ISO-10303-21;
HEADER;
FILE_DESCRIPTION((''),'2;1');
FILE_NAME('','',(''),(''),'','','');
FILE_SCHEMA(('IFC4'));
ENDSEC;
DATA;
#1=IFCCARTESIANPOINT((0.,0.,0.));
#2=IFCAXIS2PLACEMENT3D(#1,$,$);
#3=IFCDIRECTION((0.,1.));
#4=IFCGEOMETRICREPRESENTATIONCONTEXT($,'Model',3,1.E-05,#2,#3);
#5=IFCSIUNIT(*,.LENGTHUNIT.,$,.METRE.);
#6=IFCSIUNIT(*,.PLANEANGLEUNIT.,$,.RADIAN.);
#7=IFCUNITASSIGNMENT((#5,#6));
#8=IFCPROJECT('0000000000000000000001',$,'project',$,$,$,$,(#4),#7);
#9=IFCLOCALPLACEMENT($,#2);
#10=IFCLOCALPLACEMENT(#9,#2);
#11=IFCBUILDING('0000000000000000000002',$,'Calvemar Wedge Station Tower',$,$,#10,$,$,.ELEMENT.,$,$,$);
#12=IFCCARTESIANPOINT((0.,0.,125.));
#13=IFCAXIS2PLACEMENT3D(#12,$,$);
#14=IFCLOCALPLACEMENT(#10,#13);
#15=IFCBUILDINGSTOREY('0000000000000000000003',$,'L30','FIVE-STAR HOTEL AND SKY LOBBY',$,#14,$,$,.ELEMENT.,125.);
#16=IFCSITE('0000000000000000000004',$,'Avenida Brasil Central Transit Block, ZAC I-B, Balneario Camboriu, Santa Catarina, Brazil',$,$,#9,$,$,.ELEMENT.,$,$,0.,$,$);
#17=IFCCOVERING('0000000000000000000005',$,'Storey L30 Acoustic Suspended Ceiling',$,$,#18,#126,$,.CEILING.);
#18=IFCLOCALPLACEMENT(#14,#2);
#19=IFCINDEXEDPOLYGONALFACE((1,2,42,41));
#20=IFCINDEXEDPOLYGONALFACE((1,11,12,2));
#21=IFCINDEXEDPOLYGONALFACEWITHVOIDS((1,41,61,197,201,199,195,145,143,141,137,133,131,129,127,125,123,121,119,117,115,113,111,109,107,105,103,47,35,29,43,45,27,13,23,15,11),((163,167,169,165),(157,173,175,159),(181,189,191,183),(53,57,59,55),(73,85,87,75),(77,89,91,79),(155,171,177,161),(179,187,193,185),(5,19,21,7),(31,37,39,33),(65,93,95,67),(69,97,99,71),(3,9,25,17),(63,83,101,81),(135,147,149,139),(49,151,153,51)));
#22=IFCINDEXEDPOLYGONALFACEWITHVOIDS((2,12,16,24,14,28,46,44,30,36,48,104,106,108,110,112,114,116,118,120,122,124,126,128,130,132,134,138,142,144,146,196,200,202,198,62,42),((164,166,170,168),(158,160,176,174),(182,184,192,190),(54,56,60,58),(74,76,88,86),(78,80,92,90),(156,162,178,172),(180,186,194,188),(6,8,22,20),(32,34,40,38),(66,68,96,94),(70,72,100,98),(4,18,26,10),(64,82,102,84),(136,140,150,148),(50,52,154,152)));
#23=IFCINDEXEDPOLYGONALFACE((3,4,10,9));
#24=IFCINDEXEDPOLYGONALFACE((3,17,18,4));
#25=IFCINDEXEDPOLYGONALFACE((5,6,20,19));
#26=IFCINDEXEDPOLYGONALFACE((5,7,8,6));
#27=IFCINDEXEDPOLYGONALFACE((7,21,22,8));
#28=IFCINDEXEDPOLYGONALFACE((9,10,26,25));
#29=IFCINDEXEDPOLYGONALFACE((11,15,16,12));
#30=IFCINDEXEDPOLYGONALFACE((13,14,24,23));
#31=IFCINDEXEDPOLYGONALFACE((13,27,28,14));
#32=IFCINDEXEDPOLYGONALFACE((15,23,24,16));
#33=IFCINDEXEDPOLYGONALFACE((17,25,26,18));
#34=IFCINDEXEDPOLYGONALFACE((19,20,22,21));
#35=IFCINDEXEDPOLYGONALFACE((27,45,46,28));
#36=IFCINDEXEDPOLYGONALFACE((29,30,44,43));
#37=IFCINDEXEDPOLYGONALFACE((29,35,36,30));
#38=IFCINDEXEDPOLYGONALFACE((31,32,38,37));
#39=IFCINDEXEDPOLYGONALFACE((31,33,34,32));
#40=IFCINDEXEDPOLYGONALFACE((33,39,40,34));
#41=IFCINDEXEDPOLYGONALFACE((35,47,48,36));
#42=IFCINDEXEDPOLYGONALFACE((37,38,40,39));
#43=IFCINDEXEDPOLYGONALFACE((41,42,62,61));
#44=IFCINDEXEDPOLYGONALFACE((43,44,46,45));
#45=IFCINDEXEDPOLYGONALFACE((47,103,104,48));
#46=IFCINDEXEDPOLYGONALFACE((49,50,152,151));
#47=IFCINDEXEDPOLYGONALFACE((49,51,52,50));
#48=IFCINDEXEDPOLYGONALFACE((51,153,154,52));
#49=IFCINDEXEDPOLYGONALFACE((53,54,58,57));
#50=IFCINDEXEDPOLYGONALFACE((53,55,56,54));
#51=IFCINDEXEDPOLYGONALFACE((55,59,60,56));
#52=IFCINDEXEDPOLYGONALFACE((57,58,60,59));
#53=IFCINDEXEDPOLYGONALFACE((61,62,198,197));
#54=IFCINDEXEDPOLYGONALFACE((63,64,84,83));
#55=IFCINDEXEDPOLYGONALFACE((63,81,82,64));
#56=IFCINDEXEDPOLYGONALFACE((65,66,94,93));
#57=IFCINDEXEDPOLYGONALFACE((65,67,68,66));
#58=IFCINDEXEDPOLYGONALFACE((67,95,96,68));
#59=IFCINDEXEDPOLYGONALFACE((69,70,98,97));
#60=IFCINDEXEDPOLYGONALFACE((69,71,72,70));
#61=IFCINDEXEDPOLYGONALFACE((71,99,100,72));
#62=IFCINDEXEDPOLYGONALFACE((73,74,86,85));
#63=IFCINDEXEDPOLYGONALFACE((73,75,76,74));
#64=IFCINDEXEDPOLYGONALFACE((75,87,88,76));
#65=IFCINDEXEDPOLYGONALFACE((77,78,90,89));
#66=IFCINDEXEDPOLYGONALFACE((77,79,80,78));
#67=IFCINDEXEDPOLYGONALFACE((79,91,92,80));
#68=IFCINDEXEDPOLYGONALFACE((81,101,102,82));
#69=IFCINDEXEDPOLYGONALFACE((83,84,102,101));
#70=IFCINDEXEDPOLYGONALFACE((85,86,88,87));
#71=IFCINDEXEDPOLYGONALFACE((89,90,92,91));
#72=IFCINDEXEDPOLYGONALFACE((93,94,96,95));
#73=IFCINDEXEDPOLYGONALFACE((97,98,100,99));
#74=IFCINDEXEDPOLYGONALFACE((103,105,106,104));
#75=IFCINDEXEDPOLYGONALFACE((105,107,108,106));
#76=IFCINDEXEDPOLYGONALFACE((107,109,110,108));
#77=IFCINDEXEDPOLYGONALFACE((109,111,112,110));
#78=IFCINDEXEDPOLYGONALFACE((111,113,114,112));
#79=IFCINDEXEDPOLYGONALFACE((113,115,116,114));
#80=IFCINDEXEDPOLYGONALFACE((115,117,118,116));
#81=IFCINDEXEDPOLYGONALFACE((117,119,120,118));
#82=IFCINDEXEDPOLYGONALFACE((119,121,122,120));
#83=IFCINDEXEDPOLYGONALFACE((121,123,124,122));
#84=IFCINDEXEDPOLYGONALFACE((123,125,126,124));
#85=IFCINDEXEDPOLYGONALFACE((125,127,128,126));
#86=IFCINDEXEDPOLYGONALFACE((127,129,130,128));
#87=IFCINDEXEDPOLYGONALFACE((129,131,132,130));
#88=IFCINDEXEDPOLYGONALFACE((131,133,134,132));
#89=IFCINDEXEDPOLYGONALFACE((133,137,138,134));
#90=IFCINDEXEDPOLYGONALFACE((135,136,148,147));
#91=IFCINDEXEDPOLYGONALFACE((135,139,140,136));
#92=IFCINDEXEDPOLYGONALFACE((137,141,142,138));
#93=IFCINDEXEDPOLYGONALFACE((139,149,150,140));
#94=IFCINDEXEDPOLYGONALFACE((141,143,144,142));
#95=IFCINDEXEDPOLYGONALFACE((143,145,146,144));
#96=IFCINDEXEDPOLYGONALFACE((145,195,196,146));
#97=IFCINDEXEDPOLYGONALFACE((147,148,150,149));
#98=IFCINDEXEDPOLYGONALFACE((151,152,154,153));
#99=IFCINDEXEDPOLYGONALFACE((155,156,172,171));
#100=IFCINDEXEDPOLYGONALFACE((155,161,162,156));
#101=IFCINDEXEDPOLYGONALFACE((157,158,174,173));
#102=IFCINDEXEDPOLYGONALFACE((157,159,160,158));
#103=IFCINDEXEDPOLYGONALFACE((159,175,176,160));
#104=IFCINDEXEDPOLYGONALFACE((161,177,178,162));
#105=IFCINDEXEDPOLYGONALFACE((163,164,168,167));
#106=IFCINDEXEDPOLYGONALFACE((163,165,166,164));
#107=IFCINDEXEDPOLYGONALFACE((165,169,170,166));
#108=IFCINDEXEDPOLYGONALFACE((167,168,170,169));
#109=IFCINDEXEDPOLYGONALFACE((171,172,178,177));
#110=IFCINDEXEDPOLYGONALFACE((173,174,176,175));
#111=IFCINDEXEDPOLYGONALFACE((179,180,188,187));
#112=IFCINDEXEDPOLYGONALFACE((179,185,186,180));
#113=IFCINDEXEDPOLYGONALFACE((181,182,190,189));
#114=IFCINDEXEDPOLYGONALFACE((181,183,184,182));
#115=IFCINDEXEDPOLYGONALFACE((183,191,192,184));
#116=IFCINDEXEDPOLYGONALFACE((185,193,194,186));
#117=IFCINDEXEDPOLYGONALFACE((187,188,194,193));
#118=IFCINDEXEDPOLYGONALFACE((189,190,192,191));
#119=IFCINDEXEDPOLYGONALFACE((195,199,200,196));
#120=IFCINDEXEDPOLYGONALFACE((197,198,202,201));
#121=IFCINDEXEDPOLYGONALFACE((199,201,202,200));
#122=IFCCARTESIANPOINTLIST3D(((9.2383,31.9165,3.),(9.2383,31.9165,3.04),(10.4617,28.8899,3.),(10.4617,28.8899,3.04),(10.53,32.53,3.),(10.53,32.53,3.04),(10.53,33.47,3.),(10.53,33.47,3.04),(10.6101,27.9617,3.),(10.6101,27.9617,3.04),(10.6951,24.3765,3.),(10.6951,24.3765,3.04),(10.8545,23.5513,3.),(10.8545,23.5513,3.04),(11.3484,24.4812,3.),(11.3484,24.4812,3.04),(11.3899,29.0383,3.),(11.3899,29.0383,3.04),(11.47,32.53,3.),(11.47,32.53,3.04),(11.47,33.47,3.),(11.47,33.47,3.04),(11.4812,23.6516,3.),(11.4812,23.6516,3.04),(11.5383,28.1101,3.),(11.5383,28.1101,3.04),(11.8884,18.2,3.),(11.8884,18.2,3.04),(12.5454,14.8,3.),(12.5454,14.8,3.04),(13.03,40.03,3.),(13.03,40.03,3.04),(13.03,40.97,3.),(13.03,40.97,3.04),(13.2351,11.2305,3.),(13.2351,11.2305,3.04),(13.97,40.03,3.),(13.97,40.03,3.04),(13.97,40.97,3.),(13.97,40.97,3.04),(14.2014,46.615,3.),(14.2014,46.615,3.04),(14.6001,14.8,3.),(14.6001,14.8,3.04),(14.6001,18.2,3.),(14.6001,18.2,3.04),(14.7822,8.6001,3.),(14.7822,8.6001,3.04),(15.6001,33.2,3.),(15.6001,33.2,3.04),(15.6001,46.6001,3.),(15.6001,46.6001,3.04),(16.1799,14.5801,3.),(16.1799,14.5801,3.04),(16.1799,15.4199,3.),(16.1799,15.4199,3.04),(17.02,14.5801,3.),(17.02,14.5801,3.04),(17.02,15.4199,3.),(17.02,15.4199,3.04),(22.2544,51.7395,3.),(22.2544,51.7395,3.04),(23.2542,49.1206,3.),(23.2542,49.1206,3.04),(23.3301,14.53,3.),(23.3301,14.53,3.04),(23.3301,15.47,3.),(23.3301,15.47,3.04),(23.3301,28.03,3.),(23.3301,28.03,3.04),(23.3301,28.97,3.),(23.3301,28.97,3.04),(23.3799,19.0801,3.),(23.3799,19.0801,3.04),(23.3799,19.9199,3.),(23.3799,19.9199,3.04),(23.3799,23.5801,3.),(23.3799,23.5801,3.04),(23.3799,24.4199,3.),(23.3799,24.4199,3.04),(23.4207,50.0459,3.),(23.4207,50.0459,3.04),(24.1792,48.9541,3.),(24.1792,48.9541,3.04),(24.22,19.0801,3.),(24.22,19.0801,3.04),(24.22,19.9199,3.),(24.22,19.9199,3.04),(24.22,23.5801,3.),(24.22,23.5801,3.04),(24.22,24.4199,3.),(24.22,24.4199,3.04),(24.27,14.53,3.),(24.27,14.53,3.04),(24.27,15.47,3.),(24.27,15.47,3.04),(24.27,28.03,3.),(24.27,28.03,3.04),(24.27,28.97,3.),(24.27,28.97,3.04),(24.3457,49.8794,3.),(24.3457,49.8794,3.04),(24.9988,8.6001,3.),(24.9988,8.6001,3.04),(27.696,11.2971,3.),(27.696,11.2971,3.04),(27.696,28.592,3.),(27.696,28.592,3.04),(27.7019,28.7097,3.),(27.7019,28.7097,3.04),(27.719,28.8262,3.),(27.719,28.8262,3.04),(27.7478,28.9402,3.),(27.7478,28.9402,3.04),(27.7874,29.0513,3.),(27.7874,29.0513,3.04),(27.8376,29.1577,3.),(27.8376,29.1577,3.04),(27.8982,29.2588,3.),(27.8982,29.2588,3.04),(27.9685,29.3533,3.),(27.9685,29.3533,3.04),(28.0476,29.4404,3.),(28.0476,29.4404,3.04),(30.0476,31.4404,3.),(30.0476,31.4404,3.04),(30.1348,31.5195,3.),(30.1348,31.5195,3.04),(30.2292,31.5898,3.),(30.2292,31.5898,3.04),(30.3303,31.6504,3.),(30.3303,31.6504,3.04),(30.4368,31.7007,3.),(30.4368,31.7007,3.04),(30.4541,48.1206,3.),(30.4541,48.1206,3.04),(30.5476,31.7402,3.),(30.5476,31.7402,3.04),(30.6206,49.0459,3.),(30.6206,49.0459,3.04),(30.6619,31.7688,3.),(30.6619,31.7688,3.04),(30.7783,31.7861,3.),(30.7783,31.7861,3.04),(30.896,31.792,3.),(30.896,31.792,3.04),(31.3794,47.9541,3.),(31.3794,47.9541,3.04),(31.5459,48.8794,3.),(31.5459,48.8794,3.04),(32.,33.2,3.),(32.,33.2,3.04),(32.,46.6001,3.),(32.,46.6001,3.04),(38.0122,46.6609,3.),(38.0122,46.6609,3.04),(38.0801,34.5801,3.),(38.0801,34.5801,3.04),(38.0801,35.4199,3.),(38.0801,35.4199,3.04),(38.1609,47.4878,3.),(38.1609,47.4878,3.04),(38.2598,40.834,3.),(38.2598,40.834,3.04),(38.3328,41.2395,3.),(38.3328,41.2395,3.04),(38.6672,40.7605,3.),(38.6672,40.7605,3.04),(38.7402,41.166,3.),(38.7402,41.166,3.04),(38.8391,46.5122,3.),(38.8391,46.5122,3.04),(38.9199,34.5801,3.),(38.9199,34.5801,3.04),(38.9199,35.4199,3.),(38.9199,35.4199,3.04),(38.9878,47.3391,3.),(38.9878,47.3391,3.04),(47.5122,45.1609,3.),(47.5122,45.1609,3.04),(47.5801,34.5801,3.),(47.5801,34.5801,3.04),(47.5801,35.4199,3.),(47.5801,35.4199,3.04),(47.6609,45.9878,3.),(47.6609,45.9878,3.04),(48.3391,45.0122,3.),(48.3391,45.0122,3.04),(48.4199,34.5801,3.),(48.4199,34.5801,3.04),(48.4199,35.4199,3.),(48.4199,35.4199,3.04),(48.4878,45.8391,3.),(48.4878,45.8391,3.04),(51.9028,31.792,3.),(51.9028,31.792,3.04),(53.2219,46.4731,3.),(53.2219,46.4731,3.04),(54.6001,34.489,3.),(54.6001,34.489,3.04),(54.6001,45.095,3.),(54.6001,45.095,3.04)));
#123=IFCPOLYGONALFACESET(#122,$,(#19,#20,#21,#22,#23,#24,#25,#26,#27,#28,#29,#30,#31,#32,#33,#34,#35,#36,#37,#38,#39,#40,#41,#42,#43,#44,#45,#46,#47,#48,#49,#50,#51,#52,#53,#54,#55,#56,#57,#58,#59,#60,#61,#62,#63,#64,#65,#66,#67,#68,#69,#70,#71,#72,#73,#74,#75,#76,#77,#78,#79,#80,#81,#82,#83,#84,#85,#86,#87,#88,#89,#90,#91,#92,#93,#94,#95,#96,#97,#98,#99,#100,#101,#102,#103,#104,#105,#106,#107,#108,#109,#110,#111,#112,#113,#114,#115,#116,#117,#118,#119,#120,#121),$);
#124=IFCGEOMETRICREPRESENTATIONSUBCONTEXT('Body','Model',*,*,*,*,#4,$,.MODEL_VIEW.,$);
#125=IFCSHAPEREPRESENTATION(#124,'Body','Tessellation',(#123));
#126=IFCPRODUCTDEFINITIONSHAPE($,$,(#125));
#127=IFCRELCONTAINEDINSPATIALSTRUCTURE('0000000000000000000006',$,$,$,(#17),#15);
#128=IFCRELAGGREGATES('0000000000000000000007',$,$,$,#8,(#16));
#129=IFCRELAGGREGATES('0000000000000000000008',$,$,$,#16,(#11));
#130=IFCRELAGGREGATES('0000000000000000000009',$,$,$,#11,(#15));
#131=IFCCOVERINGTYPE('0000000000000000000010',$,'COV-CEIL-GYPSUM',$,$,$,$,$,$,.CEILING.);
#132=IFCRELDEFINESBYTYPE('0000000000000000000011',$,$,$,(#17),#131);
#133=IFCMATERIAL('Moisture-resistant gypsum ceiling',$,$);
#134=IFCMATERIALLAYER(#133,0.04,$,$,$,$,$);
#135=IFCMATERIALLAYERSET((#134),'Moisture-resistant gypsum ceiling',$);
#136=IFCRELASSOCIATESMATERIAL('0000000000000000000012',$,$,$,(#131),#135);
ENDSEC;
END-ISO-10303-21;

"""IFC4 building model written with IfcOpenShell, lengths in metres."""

from ifc_helpers import new_model, si_unit, direction, frame, origin, place, context, subcontext, project, spatial, polyline, outline, extrude, material, layer, layer_set, type_object, element, save


model = new_model("IFC4")

# Units and contexts
model_context = context("Model", 3, precision=1e-05, world=origin(), true_north=direction((0.0, 1.0)))
body_context = subcontext(model_context, "Body", "Model", "MODEL_VIEW")
ifc_project = project(units=[si_unit("LENGTHUNIT", "METRE"), si_unit("PLANEANGLEUNIT", "RADIAN")], contexts=[model_context])

# Site, building, storey
site_placement = place(None, origin())
site = spatial("IfcSite", under=ifc_project, at=site_placement, Name="Avenida Brasil Central Transit Block, ZAC I-B, Balneario Camboriu, Santa Catarina, Brazil", CompositionType="ELEMENT", RefElevation=0.0)
building_placement = place(site_placement, origin())
building = spatial("IfcBuilding", under=site, at=building_placement, Name="Calvemar Wedge Station Tower", CompositionType="ELEMENT")
storey_placement = place(building_placement, frame((0.0, 0.0, 125.0)))
storey = spatial("IfcBuildingStorey", under=building, at=storey_placement, Name="L30", Description="FIVE-STAR HOTEL AND SKY LOBBY", CompositionType="ELEMENT", Elevation=125.0)

# Covering
ifc_material_1 = material(Name="Moisture-resistant gypsum ceiling")
ifc_layer_1 = layer(ifc_material_1, 0.04)
ifc_layer_set_1 = layer_set([ifc_layer_1], Name="Moisture-resistant gypsum ceiling")
covering_type_1 = type_object("IfcCoveringType", Name="COV-CEIL-GYPSUM", PredefinedType="CEILING", material=ifc_layer_set_1)
covering_1_placement = place(storey_placement, frame((0.0, 0.0, 3.0)))
element("IfcCovering", 1, at=covering_1_placement, inside=storey, type_object=covering_type_1, Name="Storey L30 Acoustic Suspended Ceiling", PredefinedType="CEILING", context=body_context, shape_type="SweptSolid", body=[
    extrude(outline(polyline([(28.0476, 29.4404), (30.0476, 31.4404), (30.1348, 31.5195), (30.2292, 31.5898), (30.3303, 31.6504), (30.4368, 31.7007), (30.5476, 31.7402), (30.6619, 31.7688), (30.7783, 31.7861), (30.896, 31.792), (51.9028, 31.792), (54.6001, 34.489), (54.6001, 45.095), (53.2219, 46.4731), (22.2544, 51.7395), (14.2014, 46.615), (9.2383, 31.9165), (10.6951, 24.3765), (11.3484, 24.4812), (11.4812, 23.6516), (10.8545, 23.5513), (11.8884, 18.2), (14.6001, 18.2), (14.6001, 14.8), (12.5454, 14.8), (13.2351, 11.2305), (14.7822, 8.6001), (24.9988, 8.6001), (27.696, 11.2971), (27.696, 28.592), (27.7019, 28.7097), (27.719, 28.8262), (27.7478, 28.9402), (27.7874, 29.0513), (27.8376, 29.1577), (27.8982, 29.2588), (27.9685, 29.3533), (28.0476, 29.4404)]), holes=[polyline([(15.6001, 46.6001), (32.0, 46.6001), (32.0, 33.2), (15.6001, 33.2), (15.6001, 46.6001)]), polyline([(10.53, 32.53), (10.53, 33.47), (11.47, 33.47), (11.47, 32.53), (10.53, 32.53)]), polyline([(13.03, 40.97), (13.97, 40.97), (13.97, 40.03), (13.03, 40.03), (13.03, 40.97)]), polyline([(24.3457, 49.8794), (24.1792, 48.9541), (23.2542, 49.1206), (23.4207, 50.0459), (24.3457, 49.8794)]), polyline([(31.3794, 47.9541), (30.4541, 48.1206), (30.6206, 49.0459), (31.5459, 48.8794), (31.3794, 47.9541)]), polyline([(38.0122, 46.6609), (38.1609, 47.4878), (38.9878, 47.3391), (38.8391, 46.5122), (38.0122, 46.6609)]), polyline([(47.6609, 45.9878), (48.4878, 45.8391), (48.3391, 45.0122), (47.5122, 45.1609), (47.6609, 45.9878)]), polyline([(38.9199, 35.4199), (38.9199, 34.5801), (38.0801, 34.5801), (38.0801, 35.4199), (38.9199, 35.4199)]), polyline([(48.4199, 34.5801), (47.5801, 34.5801), (47.5801, 35.4199), (48.4199, 35.4199), (48.4199, 34.5801)]), polyline([(38.2598, 40.834), (38.3328, 41.2395), (38.7402, 41.166), (38.6672, 40.7605), (38.2598, 40.834)]), polyline([(11.3899, 29.0383), (11.5383, 28.1101), (10.6101, 27.9617), (10.4617, 28.8899), (11.3899, 29.0383)]), polyline([(24.27, 28.03), (23.3301, 28.03), (23.3301, 28.97), (24.27, 28.97), (24.27, 28.03)]), polyline([(23.3799, 23.5801), (23.3799, 24.4199), (24.22, 24.4199), (24.22, 23.5801), (23.3799, 23.5801)]), polyline([(23.3799, 19.9199), (24.22, 19.9199), (24.22, 19.0801), (23.3799, 19.0801), (23.3799, 19.9199)]), polyline([(24.27, 15.47), (24.27, 14.53), (23.3301, 14.53), (23.3301, 15.47), (24.27, 15.47)]), polyline([(17.02, 14.5801), (16.1799, 14.5801), (16.1799, 15.4199), (17.02, 15.4199), (17.02, 14.5801)])]), origin(), (0.0, 0.0, 1.0), 0.04),
])

save(model, "model.ifc")
